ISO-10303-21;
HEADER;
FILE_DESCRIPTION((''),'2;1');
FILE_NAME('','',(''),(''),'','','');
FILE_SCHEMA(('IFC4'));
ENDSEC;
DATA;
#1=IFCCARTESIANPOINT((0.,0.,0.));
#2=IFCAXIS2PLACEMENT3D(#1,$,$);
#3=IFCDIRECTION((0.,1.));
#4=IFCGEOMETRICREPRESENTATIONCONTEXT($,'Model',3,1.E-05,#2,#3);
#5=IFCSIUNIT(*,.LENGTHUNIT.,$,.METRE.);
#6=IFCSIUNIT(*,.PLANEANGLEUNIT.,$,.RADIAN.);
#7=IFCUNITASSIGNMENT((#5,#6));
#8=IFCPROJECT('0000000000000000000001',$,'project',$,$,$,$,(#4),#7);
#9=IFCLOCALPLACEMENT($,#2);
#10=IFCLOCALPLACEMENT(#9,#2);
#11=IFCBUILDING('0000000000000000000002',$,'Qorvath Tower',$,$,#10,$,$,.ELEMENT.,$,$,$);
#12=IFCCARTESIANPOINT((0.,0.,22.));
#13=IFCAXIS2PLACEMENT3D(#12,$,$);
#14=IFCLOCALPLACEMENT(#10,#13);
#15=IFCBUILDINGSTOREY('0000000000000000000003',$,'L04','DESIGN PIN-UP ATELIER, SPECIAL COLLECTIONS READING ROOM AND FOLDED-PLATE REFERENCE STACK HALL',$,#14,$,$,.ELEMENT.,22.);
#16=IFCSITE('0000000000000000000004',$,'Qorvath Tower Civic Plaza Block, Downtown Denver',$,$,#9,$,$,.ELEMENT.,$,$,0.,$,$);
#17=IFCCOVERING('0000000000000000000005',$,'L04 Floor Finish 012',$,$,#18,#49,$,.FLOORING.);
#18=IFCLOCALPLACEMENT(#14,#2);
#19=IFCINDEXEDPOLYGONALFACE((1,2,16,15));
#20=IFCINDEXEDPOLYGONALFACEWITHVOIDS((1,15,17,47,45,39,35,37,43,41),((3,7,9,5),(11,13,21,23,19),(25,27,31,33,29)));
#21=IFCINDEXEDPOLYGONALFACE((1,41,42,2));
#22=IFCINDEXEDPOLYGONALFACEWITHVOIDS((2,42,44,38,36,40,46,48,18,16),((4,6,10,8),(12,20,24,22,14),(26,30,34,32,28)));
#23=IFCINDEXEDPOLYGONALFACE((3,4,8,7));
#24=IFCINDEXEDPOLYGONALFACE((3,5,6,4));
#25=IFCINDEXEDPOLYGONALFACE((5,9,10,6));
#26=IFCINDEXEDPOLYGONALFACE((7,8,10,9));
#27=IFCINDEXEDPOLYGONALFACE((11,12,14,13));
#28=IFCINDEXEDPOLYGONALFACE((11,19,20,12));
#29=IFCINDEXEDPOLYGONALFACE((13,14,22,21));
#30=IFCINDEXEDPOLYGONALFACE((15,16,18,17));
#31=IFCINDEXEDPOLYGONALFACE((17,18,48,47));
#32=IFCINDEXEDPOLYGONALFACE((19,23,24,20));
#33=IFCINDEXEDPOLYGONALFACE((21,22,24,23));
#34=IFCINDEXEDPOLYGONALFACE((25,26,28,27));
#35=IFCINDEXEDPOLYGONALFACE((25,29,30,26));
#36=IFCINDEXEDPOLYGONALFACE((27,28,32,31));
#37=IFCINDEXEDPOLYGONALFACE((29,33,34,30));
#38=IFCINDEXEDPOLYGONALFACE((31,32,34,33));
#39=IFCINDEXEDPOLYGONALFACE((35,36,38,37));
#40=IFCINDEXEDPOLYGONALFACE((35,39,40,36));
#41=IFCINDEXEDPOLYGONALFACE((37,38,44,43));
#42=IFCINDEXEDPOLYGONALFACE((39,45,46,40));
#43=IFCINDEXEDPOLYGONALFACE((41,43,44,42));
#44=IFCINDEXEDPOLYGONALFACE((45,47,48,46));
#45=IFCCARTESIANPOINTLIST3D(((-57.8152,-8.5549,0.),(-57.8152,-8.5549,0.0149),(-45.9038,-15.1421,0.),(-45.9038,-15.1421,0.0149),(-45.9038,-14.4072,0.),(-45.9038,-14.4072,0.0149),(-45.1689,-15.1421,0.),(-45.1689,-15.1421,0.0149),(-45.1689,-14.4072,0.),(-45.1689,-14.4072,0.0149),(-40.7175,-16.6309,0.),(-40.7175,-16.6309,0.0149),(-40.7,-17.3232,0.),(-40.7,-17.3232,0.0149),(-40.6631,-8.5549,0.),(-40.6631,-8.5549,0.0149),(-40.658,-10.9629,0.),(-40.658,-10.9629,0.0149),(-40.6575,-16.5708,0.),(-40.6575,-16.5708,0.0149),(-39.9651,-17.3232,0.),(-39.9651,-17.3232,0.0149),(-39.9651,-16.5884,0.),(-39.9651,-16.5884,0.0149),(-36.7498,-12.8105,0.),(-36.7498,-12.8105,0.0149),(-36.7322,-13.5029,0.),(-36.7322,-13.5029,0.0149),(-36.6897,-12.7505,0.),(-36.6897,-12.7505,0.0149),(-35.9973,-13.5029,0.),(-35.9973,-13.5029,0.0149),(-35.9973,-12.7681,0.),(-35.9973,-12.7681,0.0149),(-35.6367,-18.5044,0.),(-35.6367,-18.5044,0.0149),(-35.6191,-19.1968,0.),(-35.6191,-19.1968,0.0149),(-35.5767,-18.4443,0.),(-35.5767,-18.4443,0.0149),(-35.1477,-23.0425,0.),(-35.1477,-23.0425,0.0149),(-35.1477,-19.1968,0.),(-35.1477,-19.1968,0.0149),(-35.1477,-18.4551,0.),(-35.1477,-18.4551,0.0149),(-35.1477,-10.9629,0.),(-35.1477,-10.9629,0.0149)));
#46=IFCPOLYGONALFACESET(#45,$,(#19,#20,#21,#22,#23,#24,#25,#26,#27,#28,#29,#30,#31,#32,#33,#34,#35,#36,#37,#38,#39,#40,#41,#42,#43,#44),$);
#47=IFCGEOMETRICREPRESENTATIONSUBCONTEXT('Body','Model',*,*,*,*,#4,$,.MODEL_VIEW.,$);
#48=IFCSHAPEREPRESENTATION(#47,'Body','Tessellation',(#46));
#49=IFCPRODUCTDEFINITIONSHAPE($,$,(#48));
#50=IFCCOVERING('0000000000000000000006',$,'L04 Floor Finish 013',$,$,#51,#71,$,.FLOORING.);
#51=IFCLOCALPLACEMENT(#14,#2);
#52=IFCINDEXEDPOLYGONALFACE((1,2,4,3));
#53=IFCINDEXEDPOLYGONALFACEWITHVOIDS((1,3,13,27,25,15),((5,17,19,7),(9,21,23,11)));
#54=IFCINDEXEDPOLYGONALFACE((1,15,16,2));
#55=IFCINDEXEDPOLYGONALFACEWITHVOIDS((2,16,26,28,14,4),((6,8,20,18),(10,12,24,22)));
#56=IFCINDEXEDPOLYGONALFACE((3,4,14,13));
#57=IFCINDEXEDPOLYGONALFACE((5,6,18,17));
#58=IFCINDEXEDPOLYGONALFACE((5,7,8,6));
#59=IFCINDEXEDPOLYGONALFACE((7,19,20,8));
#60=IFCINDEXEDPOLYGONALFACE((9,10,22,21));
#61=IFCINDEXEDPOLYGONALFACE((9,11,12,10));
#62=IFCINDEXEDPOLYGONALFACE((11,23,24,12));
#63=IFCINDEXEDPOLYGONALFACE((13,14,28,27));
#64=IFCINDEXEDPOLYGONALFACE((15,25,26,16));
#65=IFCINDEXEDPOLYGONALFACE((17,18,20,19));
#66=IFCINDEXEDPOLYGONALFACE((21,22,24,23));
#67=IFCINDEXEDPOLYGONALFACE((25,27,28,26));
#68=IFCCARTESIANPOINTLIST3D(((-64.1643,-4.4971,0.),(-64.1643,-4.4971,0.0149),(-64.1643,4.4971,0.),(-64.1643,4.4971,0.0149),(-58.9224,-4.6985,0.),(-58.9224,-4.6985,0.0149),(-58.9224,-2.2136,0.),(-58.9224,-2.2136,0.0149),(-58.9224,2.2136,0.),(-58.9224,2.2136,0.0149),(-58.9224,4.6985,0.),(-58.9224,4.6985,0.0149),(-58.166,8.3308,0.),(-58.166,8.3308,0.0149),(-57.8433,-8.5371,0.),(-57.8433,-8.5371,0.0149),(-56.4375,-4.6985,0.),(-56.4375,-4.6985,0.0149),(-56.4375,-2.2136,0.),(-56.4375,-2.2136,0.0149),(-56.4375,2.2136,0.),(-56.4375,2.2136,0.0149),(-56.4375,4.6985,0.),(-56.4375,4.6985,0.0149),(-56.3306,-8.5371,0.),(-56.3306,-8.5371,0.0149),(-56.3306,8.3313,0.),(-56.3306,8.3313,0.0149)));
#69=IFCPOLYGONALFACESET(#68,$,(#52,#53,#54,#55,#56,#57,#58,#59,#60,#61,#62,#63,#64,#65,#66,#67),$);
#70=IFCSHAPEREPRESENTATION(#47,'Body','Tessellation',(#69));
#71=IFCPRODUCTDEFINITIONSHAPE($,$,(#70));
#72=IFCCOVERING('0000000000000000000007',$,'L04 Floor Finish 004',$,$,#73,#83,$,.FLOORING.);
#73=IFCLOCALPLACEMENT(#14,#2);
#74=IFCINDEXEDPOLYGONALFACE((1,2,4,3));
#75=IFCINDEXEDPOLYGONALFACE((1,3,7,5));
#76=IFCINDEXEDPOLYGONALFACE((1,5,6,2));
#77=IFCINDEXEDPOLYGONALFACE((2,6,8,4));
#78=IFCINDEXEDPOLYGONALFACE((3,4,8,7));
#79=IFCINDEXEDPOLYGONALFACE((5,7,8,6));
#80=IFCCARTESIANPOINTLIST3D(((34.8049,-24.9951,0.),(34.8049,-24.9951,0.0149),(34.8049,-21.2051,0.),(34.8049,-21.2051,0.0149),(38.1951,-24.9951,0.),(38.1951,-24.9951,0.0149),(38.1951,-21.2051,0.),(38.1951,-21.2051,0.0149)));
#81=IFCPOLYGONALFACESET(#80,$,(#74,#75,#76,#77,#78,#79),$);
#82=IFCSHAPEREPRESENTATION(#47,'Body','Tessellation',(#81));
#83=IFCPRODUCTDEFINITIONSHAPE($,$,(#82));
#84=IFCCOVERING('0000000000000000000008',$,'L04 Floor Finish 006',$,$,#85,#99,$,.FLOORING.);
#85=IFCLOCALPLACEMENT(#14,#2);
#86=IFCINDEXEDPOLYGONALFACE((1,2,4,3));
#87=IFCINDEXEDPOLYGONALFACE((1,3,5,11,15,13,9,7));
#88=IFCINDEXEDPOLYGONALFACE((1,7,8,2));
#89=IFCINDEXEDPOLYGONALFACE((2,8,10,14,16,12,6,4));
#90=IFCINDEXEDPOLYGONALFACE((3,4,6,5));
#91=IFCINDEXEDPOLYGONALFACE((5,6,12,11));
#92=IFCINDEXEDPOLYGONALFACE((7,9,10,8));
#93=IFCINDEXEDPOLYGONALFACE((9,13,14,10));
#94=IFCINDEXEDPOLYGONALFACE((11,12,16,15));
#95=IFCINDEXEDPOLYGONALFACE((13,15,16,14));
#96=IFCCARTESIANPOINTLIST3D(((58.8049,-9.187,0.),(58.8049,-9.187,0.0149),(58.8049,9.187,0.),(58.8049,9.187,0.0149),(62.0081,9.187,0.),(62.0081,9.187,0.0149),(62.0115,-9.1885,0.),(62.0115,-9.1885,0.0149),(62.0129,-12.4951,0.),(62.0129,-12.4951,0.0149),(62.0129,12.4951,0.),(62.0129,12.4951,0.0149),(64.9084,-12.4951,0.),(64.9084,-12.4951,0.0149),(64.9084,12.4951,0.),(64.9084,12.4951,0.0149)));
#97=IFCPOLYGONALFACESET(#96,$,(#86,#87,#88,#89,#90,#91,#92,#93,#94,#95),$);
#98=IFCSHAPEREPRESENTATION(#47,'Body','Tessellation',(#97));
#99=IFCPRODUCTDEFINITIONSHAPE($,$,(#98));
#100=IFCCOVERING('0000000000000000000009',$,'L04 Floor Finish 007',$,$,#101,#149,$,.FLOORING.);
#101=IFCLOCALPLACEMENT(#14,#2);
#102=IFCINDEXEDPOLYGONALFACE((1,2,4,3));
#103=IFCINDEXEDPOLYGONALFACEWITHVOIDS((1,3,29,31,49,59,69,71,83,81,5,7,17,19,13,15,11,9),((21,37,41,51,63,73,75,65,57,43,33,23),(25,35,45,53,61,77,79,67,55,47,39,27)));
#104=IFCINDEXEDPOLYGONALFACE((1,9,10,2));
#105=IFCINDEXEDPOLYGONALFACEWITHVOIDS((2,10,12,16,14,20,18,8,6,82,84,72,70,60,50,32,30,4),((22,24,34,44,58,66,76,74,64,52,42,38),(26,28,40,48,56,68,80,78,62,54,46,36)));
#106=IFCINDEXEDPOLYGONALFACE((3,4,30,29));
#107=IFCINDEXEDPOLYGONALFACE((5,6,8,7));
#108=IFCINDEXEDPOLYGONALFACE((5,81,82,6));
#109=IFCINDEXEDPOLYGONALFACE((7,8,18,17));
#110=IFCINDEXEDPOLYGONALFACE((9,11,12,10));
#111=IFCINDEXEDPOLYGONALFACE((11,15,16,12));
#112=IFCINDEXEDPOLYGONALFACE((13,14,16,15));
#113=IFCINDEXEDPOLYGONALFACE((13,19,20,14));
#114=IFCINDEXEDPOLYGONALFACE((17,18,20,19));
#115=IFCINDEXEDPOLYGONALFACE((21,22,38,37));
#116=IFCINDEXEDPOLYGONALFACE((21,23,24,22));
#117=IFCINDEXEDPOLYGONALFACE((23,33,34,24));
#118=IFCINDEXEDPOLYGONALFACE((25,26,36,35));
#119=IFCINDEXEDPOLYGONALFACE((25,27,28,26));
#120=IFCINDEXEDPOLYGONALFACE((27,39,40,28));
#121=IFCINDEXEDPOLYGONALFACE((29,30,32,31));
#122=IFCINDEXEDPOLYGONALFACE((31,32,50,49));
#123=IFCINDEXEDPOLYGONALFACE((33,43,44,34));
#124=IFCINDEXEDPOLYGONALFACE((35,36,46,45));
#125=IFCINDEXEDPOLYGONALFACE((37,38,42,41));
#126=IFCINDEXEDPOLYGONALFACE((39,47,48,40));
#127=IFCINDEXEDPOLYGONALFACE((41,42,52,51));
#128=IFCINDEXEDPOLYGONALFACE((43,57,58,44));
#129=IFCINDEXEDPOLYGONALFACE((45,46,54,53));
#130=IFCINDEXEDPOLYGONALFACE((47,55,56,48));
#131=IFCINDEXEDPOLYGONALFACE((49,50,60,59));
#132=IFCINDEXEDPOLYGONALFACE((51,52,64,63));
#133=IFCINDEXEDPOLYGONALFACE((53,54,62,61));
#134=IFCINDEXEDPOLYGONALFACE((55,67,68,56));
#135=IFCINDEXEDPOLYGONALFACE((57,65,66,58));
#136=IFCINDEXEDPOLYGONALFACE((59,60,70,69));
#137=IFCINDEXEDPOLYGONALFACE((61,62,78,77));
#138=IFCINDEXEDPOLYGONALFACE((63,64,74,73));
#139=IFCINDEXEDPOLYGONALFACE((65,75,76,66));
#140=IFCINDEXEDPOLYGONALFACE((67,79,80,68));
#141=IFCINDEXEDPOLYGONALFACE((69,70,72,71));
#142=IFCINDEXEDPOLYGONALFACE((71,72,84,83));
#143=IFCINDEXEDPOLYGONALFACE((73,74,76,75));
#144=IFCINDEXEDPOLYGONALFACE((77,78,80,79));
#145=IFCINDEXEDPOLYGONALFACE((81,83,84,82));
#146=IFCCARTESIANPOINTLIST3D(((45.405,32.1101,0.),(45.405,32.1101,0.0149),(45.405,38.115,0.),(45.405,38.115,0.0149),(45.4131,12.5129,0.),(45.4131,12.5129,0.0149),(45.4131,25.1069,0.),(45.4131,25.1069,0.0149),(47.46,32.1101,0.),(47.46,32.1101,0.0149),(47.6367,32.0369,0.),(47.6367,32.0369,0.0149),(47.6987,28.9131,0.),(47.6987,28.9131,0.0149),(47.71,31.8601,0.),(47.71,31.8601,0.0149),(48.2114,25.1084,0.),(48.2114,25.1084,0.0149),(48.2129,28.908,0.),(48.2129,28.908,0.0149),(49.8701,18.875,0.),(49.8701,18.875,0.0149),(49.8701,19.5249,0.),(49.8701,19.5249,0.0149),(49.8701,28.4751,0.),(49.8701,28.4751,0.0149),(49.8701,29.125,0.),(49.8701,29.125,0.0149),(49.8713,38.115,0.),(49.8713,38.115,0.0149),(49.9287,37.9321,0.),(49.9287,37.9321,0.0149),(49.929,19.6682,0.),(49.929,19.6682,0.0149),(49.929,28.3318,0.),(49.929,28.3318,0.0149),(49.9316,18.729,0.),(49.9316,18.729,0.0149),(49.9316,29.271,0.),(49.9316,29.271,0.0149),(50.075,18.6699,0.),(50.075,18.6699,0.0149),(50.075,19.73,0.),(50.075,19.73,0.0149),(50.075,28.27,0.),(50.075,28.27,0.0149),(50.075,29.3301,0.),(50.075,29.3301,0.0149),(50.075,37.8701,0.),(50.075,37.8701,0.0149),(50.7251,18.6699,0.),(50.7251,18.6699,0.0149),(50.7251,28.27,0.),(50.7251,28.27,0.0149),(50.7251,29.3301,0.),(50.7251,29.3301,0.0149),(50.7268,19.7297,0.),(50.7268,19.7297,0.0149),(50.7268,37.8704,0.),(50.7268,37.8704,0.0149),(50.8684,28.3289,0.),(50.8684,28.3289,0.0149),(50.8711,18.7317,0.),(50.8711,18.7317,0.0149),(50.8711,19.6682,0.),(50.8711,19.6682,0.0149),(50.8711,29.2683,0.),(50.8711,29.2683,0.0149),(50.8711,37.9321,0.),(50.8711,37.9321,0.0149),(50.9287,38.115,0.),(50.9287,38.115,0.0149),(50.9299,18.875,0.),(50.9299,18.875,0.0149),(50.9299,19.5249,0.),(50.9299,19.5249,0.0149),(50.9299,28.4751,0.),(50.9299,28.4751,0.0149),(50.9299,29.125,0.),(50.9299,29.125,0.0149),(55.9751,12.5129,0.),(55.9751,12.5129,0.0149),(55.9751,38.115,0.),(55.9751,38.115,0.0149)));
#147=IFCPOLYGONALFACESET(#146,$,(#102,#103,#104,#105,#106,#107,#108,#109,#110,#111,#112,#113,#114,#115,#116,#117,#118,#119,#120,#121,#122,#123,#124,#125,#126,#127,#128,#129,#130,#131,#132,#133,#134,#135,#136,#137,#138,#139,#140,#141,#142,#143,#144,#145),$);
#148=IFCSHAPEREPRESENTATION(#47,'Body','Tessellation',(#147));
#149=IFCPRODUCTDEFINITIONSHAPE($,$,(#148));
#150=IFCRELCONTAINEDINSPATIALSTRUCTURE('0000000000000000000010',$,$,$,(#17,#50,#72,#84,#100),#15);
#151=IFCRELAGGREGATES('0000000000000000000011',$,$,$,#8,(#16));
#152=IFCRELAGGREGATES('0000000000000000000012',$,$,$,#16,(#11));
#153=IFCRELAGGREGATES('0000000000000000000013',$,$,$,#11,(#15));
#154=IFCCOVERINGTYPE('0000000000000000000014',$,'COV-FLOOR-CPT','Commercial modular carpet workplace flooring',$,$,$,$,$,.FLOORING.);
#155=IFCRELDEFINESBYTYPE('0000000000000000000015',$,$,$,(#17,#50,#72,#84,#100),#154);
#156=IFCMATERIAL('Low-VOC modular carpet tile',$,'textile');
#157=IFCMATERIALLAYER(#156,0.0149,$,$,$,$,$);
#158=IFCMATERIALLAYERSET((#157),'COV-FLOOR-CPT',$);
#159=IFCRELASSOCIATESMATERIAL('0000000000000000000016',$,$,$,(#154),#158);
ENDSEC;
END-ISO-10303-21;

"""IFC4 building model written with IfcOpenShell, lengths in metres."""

from ifc_helpers import new_model, si_unit, direction, frame, origin, place, context, subcontext, project, spatial, polyline, outline, extrude, material, layer, layer_set, type_object, element, save


model = new_model("IFC4")

# Units and contexts
model_context = context("Model", 3, precision=1e-05, world=origin(), true_north=direction((0.0, 1.0)))
body_context = subcontext(model_context, "Body", "Model", "MODEL_VIEW")
ifc_project = project(units=[si_unit("LENGTHUNIT", "METRE"), si_unit("PLANEANGLEUNIT", "RADIAN")], contexts=[model_context])

# Site, building, storey
site_placement = place(None, origin())
site = spatial("IfcSite", under=ifc_project, at=site_placement, Name="Qorvath Tower Civic Plaza Block, Downtown Denver", CompositionType="ELEMENT", RefElevation=0.0)
building_placement = place(site_placement, origin())
building = spatial("IfcBuilding", under=site, at=building_placement, Name="Qorvath Tower", CompositionType="ELEMENT")
storey_placement = place(building_placement, frame((0.0, 0.0, 22.0)))
storey = spatial("IfcBuildingStorey", under=building, at=storey_placement, Name="L04", Description="DESIGN PIN-UP ATELIER, SPECIAL COLLECTIONS READING ROOM AND FOLDED-PLATE REFERENCE STACK HALL", CompositionType="ELEMENT", Elevation=22.0)

# Coverings
ifc_material_1 = material(Name="Low-VOC modular carpet tile", Category="textile")
ifc_layer_1 = layer(ifc_material_1, 0.0149)
ifc_layer_set_1 = layer_set([ifc_layer_1], Name="COV-FLOOR-CPT")
covering_type_1 = type_object("IfcCoveringType", Name="COV-FLOOR-CPT", Description="Commercial modular carpet workplace flooring", PredefinedType="FLOORING", material=ifc_layer_set_1)
covering_1_placement = place(storey_placement, origin())
element("IfcCovering", 1, at=covering_1_placement, inside=storey, type_object=covering_type_1, Name="L04 Floor Finish 012", PredefinedType="FLOORING", context=body_context, shape_type="SweptSolid", body=[
    extrude(outline(polyline([(-35.1477, -23.0425), (-35.1477, -19.1968), (-35.6191, -19.1968), (-35.6367, -18.5044), (-35.5767, -18.4443), (-35.1477, -18.4551), (-35.1477, -10.9629), (-40.658, -10.9629), (-40.6631, -8.5549), (-57.8152, -8.5549), (-35.1477, -23.0425)]), holes=[polyline([(-36.7498, -12.8105), (-36.6897, -12.7505), (-35.9973, -12.7681), (-35.9973, -13.5029), (-36.7322, -13.5029), (-36.7498, -12.8105)]), polyline([(-40.7175, -16.6309), (-40.6575, -16.5708), (-39.9651, -16.5884), (-39.9651, -17.3232), (-40.7, -17.3232), (-40.7175, -16.6309)]), polyline([(-45.9038, -14.4072), (-45.1689, -14.4072), (-45.1689, -15.1421), (-45.9038, -15.1421), (-45.9038, -14.4072)])]), origin(), (0.0, 0.0, 1.0), 0.0149),
])
covering_2_placement = place(storey_placement, origin())
element("IfcCovering", 2, at=covering_2_placement, inside=storey, type_object=covering_type_1, Name="L04 Floor Finish 013", PredefinedType="FLOORING", context=body_context, shape_type="SweptSolid", body=[
    extrude(outline(polyline([(-56.3306, -8.5371), (-56.3306, 8.3313), (-58.166, 8.3308), (-64.1643, 4.4971), (-64.1643, -4.4971), (-57.8433, -8.5371), (-56.3306, -8.5371)]), holes=[polyline([(-58.9224, -2.2136), (-56.4375, -2.2136), (-56.4375, -4.6985), (-58.9224, -4.6985), (-58.9224, -2.2136)]), polyline([(-58.9224, 4.6985), (-56.4375, 4.6985), (-56.4375, 2.2136), (-58.9224, 2.2136), (-58.9224, 4.6985)])]), origin(), (0.0, 0.0, 1.0), 0.0149),
])
covering_3_placement = place(storey_placement, origin())
element("IfcCovering", 3, at=covering_3_placement, inside=storey, type_object=covering_type_1, Name="L04 Floor Finish 004", PredefinedType="FLOORING", context=body_context, shape_type="SweptSolid", body=[
    extrude(outline(polyline([(38.1951, -21.2051), (34.8049, -21.2051), (34.8049, -24.9951), (38.1951, -24.9951), (38.1951, -21.2051)])), origin(), (0.0, 0.0, 1.0), 0.0149),
])
covering_4_placement = place(storey_placement, origin())
element("IfcCovering", 4, at=covering_4_placement, inside=storey, type_object=covering_type_1, Name="L04 Floor Finish 006", PredefinedType="FLOORING", context=body_context, shape_type="SweptSolid", body=[
    extrude(outline(polyline([(62.0081, 9.187), (58.8049, 9.187), (58.8049, -9.187), (62.0115, -9.1885), (62.0129, -12.4951), (64.9084, -12.4951), (64.9084, 12.4951), (62.0129, 12.4951), (62.0081, 9.187)])), origin(), (0.0, 0.0, 1.0), 0.0149),
])
covering_5_placement = place(storey_placement, origin())
element("IfcCovering", 5, at=covering_5_placement, inside=storey, type_object=covering_type_1, Name="L04 Floor Finish 007", PredefinedType="FLOORING", context=body_context, shape_type="SweptSolid", body=[
    extrude(outline(polyline([(45.405, 38.115), (45.405, 32.1101), (47.46, 32.1101), (47.6367, 32.0369), (47.71, 31.8601), (47.6987, 28.9131), (48.2129, 28.908), (48.2114, 25.1084), (45.4131, 25.1069), (45.4131, 12.5129), (55.9751, 12.5129), (55.9751, 38.115), (50.9287, 38.115), (50.8711, 37.9321), (50.7268, 37.8704), (50.075, 37.8701), (49.9287, 37.9321), (49.8713, 38.115), (45.405, 38.115)]), holes=[polyline([(50.7268, 19.7297), (50.8711, 19.6682), (50.9299, 19.5249), (50.9299, 18.875), (50.8711, 18.7317), (50.7251, 18.6699), (50.075, 18.6699), (49.9316, 18.729), (49.8701, 18.875), (49.8701, 19.5249), (49.929, 19.6682), (50.075, 19.73), (50.7268, 19.7297)]), polyline([(50.8711, 29.2683), (50.9299, 29.125), (50.9299, 28.4751), (50.8684, 28.3289), (50.7251, 28.27), (50.075, 28.27), (49.929, 28.3318), (49.8701, 28.4751), (49.8701, 29.125), (49.9316, 29.271), (50.075, 29.3301), (50.7251, 29.3301), (50.8711, 29.2683)])]), origin(), (0.0, 0.0, 1.0), 0.0149),
])

save(model, "model.ifc")
